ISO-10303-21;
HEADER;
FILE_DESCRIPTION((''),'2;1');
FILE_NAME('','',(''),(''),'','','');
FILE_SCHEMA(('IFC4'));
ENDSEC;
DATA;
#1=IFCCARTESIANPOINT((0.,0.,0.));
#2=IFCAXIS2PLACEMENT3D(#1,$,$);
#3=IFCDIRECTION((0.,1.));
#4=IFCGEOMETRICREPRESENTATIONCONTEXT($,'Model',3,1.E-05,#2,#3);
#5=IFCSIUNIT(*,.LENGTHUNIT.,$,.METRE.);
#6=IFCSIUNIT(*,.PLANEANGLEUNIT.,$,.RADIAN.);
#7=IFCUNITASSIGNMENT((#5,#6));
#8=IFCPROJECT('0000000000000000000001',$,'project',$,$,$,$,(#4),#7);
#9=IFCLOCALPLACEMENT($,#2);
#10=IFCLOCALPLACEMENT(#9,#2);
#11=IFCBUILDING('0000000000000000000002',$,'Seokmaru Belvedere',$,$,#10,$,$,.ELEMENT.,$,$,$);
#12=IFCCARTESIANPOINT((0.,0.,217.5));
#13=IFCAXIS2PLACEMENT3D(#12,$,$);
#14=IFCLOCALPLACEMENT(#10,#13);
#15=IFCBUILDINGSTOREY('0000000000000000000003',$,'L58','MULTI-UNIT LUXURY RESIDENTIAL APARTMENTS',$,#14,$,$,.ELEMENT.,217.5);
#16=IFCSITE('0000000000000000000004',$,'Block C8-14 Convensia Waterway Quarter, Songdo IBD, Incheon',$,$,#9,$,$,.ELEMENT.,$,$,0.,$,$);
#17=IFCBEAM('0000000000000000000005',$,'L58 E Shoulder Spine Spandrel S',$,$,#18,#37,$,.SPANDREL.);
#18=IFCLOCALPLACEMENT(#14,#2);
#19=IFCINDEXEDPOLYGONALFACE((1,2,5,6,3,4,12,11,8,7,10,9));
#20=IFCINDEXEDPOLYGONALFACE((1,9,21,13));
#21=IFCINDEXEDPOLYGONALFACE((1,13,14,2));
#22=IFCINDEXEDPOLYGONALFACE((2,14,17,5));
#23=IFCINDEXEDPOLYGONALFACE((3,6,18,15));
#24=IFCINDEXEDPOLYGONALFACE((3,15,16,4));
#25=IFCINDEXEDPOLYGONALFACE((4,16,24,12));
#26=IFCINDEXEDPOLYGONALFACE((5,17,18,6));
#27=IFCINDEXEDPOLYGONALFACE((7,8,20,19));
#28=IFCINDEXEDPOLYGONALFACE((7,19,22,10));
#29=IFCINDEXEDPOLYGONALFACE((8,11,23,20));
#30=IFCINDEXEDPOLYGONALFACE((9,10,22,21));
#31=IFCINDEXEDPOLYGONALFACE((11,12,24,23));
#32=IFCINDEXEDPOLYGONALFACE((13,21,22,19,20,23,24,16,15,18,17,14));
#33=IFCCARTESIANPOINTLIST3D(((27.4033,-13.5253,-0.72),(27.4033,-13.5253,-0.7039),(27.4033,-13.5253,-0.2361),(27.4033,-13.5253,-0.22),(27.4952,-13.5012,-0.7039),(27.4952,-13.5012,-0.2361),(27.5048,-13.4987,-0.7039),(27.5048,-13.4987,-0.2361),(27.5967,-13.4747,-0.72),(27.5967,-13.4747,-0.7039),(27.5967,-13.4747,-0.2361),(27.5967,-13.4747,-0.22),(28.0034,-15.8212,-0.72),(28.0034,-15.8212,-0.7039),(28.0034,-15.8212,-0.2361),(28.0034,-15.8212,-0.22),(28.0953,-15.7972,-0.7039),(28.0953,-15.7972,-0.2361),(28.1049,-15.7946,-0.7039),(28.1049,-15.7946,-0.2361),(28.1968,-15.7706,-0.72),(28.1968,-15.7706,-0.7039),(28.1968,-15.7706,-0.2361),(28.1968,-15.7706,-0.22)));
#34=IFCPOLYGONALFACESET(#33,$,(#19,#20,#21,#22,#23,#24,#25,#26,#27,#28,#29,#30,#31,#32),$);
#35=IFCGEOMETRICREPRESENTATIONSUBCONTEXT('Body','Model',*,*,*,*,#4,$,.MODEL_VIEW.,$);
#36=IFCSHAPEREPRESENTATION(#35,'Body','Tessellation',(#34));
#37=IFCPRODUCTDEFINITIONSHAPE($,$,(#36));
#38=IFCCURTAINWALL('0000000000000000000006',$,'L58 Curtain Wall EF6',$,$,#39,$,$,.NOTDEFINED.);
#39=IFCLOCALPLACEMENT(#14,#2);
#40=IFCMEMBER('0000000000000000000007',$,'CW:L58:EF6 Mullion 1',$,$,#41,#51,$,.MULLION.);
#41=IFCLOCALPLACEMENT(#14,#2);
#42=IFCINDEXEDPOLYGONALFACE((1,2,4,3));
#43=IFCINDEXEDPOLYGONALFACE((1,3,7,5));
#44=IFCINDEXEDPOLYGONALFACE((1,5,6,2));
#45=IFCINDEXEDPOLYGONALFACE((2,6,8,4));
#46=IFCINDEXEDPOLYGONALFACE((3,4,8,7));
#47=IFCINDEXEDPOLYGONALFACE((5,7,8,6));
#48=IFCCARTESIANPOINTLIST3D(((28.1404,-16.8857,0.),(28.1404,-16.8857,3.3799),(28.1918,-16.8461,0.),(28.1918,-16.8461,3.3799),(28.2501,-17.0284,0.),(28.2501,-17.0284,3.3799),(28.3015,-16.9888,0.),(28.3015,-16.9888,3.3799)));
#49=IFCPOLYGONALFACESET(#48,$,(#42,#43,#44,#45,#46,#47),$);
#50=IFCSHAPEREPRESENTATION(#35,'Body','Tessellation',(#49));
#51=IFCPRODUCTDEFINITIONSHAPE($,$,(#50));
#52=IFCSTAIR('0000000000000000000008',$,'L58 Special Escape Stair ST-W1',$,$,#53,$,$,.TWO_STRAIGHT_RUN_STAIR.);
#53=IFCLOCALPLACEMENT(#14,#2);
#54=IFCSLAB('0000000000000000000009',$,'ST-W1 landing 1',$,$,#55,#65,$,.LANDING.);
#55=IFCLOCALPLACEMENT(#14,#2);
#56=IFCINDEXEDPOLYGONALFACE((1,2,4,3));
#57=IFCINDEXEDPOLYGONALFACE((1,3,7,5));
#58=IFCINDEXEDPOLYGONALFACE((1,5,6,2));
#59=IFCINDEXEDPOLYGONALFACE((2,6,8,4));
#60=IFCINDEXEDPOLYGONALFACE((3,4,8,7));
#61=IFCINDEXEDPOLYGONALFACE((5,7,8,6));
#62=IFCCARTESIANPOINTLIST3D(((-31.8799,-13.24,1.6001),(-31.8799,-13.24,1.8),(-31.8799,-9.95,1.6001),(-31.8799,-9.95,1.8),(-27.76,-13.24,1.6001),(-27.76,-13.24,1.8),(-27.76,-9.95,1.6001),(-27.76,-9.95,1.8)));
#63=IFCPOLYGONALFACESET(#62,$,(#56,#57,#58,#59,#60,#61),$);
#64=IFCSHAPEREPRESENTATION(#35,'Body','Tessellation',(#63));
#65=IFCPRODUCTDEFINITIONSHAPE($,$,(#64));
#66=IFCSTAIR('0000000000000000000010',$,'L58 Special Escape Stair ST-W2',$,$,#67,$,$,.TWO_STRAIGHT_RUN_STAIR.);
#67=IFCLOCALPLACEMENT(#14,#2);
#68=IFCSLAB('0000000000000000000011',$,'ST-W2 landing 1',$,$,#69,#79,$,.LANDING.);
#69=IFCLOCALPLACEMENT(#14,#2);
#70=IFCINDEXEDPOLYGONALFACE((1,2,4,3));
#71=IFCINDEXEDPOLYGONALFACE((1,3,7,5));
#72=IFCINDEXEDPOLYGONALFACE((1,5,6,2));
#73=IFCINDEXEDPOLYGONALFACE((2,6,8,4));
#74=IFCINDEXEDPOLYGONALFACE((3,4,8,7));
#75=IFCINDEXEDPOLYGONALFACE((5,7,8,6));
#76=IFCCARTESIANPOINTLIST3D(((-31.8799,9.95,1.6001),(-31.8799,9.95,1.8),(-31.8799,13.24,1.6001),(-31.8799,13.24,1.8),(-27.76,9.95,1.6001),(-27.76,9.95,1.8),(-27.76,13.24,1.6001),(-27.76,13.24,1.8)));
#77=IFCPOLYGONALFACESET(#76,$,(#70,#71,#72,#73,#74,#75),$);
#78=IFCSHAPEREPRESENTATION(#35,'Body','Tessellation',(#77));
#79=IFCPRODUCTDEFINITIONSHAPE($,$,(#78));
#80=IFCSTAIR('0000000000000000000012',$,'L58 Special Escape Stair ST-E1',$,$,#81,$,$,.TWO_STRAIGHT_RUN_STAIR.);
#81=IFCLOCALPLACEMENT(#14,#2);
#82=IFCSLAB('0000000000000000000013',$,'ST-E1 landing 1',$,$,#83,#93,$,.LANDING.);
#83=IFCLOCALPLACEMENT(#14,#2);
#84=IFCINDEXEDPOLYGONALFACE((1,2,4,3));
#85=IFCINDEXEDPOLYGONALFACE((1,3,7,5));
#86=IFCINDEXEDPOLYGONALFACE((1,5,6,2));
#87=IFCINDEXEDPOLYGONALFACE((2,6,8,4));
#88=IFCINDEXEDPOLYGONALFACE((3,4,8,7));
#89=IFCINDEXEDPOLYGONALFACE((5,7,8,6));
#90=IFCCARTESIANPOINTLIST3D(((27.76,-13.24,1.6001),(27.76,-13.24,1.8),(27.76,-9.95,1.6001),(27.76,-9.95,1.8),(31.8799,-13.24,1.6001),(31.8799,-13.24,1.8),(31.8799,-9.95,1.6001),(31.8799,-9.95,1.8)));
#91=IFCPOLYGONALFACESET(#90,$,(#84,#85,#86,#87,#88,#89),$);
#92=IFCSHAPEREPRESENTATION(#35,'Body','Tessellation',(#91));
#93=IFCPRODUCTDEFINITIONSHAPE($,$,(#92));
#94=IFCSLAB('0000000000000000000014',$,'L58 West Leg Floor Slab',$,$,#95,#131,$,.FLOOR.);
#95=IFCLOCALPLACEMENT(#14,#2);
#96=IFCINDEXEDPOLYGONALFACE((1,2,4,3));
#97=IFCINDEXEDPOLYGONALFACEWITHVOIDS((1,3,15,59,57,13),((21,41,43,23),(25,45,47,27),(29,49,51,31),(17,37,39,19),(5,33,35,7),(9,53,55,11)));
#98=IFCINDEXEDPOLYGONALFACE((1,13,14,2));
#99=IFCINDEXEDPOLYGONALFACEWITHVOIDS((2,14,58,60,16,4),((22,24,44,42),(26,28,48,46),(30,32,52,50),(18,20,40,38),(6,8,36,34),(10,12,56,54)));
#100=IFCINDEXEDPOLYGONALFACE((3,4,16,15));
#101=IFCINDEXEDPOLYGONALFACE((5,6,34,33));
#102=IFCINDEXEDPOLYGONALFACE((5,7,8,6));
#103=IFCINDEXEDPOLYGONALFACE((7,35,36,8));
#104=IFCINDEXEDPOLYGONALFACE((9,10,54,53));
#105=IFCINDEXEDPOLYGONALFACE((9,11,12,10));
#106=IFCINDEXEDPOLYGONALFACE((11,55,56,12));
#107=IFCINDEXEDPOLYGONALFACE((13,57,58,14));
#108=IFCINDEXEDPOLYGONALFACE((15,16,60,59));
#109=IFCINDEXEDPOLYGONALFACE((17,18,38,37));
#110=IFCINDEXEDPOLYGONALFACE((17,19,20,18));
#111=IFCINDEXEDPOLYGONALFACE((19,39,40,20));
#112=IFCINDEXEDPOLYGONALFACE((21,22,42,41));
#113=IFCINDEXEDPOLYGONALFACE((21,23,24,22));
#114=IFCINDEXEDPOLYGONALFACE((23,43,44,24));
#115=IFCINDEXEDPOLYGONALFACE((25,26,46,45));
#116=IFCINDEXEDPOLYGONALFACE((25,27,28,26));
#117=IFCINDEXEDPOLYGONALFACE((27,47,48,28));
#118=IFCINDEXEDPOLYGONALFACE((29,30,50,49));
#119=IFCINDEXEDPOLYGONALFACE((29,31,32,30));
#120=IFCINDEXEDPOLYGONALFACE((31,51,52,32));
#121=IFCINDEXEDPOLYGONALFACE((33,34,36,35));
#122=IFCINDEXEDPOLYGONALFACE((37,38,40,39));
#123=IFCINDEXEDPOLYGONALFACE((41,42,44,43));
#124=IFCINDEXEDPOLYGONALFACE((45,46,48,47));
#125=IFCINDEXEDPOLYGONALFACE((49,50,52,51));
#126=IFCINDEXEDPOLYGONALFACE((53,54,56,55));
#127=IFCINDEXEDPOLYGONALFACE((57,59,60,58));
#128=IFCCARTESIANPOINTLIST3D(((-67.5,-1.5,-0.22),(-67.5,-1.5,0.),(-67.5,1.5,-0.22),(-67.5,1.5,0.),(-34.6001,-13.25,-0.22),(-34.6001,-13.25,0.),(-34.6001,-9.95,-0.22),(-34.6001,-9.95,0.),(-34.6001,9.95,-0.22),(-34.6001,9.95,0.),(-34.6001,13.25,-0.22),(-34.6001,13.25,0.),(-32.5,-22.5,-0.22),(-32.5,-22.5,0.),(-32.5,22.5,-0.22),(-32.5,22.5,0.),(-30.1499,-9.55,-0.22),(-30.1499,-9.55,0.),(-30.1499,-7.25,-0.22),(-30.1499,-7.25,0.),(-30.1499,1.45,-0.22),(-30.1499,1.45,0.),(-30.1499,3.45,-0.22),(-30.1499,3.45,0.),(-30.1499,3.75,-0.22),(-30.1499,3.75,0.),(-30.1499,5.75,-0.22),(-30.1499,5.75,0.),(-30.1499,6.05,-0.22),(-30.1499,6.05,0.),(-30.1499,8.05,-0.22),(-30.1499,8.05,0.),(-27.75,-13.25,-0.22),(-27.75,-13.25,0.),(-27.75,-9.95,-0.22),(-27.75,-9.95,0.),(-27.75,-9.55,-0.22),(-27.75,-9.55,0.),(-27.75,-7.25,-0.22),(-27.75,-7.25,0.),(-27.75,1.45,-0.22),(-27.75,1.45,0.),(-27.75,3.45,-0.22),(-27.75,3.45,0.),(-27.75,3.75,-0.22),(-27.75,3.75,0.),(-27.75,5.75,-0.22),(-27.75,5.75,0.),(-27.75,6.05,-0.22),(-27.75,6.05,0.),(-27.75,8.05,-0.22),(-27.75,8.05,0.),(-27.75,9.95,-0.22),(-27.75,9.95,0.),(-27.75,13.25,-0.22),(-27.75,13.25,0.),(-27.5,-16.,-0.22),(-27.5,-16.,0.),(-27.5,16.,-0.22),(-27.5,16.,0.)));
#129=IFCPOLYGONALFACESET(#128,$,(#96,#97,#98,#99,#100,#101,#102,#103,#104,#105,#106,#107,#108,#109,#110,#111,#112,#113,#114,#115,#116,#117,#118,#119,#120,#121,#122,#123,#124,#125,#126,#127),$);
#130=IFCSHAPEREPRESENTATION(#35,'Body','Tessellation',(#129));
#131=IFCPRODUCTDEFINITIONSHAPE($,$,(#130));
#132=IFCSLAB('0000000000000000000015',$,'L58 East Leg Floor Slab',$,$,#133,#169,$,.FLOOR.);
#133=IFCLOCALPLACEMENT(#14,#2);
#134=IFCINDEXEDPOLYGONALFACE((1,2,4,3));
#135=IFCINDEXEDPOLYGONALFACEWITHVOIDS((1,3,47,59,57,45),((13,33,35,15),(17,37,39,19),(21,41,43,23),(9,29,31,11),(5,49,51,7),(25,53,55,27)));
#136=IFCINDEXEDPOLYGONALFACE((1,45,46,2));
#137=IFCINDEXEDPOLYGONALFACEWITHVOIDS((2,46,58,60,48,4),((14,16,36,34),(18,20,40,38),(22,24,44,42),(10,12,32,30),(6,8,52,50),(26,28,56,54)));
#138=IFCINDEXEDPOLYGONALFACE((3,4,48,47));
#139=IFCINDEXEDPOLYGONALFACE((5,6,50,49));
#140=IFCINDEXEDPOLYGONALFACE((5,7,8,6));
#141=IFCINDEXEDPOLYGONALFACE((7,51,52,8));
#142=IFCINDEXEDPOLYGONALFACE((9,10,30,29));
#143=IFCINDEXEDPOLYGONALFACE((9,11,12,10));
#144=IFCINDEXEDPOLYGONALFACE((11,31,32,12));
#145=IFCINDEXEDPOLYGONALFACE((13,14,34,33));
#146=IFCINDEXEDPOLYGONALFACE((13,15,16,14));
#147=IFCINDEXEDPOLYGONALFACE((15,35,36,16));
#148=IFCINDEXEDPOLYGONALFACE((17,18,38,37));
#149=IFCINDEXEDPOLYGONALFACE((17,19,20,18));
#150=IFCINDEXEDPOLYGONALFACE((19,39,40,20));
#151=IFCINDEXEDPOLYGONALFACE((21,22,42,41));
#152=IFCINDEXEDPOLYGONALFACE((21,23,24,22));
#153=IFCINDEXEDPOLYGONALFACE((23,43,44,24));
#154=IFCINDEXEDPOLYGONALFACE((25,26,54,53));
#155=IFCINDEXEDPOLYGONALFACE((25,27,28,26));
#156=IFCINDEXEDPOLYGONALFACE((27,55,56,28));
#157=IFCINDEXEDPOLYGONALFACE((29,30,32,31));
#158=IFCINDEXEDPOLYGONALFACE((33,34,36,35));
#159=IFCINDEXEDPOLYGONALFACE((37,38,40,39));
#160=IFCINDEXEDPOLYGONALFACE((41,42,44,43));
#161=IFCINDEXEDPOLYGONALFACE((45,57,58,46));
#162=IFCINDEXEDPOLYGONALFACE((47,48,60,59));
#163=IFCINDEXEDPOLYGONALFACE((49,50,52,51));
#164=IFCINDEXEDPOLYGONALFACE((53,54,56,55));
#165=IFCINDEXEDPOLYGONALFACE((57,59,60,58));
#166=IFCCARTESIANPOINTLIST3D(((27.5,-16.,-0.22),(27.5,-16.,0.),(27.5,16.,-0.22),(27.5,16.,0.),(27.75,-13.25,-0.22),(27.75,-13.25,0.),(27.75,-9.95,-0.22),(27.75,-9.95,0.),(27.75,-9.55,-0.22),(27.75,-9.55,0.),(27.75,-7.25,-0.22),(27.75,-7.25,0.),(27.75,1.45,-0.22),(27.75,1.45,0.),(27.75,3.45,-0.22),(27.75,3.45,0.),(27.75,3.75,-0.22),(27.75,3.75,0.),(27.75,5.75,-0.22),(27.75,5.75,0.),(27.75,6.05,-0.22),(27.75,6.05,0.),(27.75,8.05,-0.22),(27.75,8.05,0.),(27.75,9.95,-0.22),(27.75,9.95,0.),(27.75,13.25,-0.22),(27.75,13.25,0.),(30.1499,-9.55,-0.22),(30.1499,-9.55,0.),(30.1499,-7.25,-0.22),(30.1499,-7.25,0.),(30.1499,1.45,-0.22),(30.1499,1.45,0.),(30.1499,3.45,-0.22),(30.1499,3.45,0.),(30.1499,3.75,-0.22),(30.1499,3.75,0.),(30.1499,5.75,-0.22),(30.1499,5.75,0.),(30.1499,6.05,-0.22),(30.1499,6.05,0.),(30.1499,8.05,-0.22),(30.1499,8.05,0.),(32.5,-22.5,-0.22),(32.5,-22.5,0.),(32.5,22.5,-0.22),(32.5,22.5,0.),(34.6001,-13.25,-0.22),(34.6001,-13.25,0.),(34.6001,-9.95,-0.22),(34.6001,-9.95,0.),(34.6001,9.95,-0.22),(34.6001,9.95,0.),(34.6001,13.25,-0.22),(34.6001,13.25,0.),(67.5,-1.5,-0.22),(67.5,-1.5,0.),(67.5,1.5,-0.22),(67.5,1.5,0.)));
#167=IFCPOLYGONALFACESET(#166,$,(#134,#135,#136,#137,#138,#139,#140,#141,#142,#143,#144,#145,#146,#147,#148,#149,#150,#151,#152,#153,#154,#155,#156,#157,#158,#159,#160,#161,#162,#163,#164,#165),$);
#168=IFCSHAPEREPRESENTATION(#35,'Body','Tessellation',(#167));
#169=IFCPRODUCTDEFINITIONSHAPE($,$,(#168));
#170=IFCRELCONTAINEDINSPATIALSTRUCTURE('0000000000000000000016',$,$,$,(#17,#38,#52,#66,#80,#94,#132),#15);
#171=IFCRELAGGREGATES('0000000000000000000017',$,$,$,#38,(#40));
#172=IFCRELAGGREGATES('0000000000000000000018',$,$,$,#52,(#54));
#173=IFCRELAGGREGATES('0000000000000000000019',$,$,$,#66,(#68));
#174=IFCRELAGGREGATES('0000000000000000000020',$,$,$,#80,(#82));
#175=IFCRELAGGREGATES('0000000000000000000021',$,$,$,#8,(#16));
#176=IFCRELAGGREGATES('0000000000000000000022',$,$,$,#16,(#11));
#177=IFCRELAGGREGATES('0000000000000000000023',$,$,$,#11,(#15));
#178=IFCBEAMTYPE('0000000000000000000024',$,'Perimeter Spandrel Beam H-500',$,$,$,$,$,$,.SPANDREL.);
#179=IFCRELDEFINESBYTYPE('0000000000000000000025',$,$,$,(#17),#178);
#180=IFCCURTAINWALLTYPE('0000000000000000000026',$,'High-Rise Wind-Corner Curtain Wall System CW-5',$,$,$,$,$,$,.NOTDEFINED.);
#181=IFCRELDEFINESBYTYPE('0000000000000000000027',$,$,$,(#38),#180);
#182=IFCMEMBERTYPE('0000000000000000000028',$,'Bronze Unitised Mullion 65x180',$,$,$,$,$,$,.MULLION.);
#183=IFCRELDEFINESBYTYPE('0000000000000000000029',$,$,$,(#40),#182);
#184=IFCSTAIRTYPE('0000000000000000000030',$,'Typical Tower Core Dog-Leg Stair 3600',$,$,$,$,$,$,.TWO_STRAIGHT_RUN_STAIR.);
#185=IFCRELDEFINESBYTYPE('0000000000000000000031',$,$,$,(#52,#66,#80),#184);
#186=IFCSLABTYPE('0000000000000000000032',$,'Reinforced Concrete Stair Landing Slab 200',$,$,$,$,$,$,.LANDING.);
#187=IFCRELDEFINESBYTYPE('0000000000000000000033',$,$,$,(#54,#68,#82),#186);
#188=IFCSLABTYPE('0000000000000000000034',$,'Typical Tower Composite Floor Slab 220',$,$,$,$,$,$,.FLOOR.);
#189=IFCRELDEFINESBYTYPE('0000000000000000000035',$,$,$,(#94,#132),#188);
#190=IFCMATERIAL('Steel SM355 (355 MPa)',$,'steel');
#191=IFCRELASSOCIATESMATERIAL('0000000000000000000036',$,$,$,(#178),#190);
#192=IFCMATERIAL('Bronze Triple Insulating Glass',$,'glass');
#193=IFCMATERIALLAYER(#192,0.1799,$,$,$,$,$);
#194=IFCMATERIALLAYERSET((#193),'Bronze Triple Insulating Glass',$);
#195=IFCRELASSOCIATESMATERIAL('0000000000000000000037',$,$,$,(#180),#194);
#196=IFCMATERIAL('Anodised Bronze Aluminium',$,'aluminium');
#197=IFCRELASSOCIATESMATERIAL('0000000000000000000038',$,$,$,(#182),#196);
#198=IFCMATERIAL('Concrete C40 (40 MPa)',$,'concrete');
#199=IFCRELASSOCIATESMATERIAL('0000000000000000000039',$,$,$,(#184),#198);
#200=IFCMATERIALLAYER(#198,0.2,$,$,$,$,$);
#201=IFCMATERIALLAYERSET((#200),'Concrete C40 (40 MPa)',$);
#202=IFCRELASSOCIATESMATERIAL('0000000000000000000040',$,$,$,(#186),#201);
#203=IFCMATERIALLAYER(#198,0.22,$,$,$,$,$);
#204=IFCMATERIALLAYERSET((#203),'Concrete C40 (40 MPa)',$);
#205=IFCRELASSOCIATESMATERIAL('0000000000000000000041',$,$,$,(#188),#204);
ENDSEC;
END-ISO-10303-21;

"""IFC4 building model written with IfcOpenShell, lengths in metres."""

from ifc_helpers import new_model, si_unit, direction, frame, origin, origin_2d, place, context, subcontext, project, spatial, polyline, rectangle, i_section, outline, extrude, source, transform, mapped, material, layer, layer_set, material_profile, profile_set, type_object, type_shapes, element, aggregate, save


model = new_model("IFC4")

# Units and contexts
model_context = context("Model", 3, precision=1e-05, world=origin(), true_north=direction((0.0, 1.0)))
body_context = subcontext(model_context, "Body", "Model", "MODEL_VIEW")
ifc_project = project(units=[si_unit("LENGTHUNIT", "METRE"), si_unit("PLANEANGLEUNIT", "RADIAN")], contexts=[model_context])

# Site, building, storey
site_placement = place(None, origin())
site = spatial("IfcSite", under=ifc_project, at=site_placement, Name="Block C8-14 Convensia Waterway Quarter, Songdo IBD, Incheon", CompositionType="ELEMENT", RefElevation=0.0)
building_placement = place(site_placement, origin())
building = spatial("IfcBuilding", under=site, at=building_placement, Name="Seokmaru Belvedere", CompositionType="ELEMENT")
storey_placement = place(building_placement, frame((0.0, 0.0, 217.5)))
storey = spatial("IfcBuildingStorey", under=building, at=storey_placement, Name="L58", Description="MULTI-UNIT LUXURY RESIDENTIAL APARTMENTS", CompositionType="ELEMENT", Elevation=217.5)

# Shared definitions
ifc_material_1 = material(Name="Steel SM355 (355 MPa)", Category="steel")

# Beam
ifc_material_profile_1 = material_profile(ifc_material_1, i_section(OverallWidth=0.2, OverallDepth=0.5, WebThickness=0.01, FlangeThickness=0.0161, at=origin_2d()), Name="H-500x200x10x16")
ifc_profile_set_1 = profile_set([ifc_material_profile_1], Name="Steel SM355 (355 MPa)")
beam_type_1 = type_object("IfcBeamType", Name="Perimeter Spandrel Beam H-500", PredefinedType="SPANDREL", material=ifc_profile_set_1)
shared_shape_1 = source(origin(), body_context, "Body", "SweptSolid", [
    extrude(i_section(OverallWidth=0.2, OverallDepth=0.5, WebThickness=0.01, FlangeThickness=0.0161, at=origin_2d()), origin(), (0.0, 0.0, 1.0), 2.373),
])
beam_1_placement = place(storey_placement, frame((28.1001, -15.7959, -0.47), z_axis=(-0.252883, 0.967497, 0.0), x_axis=(-0.967497, -0.252883, 0.0)))
element("IfcBeam", 1, at=beam_1_placement, inside=storey, type_object=beam_type_1, Name="L58 E Shoulder Spine Spandrel S", PredefinedType="SPANDREL", context=body_context, shape_type="MappedRepresentation", body=[
    mapped(shared_shape_1, transform((0.0, 0.0, 0.0), scale=1.0)),
])

# Curtain wall, member
ifc_material_2 = material(Name="Bronze Triple Insulating Glass", Category="glass")
ifc_layer_1 = layer(ifc_material_2, 0.1799)
ifc_layer_set_1 = layer_set([ifc_layer_1], Name="Bronze Triple Insulating Glass")
curtain_wall_type = type_object("IfcCurtainWallType", Name="High-Rise Wind-Corner Curtain Wall System CW-5", PredefinedType="NOTDEFINED", material=ifc_layer_set_1)
curtain_wall_placement = place(storey_placement, origin())
curtain_wall = element("IfcCurtainWall", 2, at=curtain_wall_placement, inside=storey, type_object=curtain_wall_type, Name="L58 Curtain Wall EF6", PredefinedType="NOTDEFINED")
ifc_material_3 = material(Name="Anodised Bronze Aluminium", Category="aluminium")
ifc_material_profile_2 = material_profile(ifc_material_3, rectangle(XDim=0.0649, YDim=0.1799, at=origin_2d()), Name="CW-M-65x180")
ifc_profile_set_2 = profile_set([ifc_material_profile_2], Name="Anodised Bronze Aluminium")
member_type = type_object("IfcMemberType", Name="Bronze Unitised Mullion 65x180", PredefinedType="MULLION", material=ifc_profile_set_2)
shared_shape_2 = source(origin(), body_context, "Body", "SweptSolid", [
    extrude(rectangle(XDim=0.0649, YDim=0.1799, at=origin_2d()), origin(), (0.0, 0.0, 1.0), 3.3799),
])
type_shapes(member_type, [shared_shape_2])
member_placement = place(storey_placement, frame((28.2209, -16.9373, 0.0), z_axis=(0.0, 0.0, 1.0), x_axis=(0.792631, 0.609701, 0.0)))
member = element("IfcMember", 3, at=member_placement, type_object=member_type, Name="CW:L58:EF6 Mullion 1", PredefinedType="MULLION", context=body_context, shape_type="MappedRepresentation", body=[
    mapped(shared_shape_2, transform((0.0, 0.0, 0.0), scale=1.0)),
])
aggregate(curtain_wall, [member])

# Stairs, slabs
ifc_material_4 = material(Name="Concrete C40 (40 MPa)", Category="concrete")
stair_type = type_object("IfcStairType", Name="Typical Tower Core Dog-Leg Stair 3600", PredefinedType="TWO_STRAIGHT_RUN_STAIR", material=ifc_material_4)
stair_1_placement = place(storey_placement, origin())
stair_1 = element("IfcStair", 4, at=stair_1_placement, inside=storey, type_object=stair_type, Name="L58 Special Escape Stair ST-W1", PredefinedType="TWO_STRAIGHT_RUN_STAIR")
ifc_layer_2 = layer(ifc_material_4, 0.2)
ifc_layer_set_2 = layer_set([ifc_layer_2], Name="Concrete C40 (40 MPa)")
slab_type_1 = type_object("IfcSlabType", Name="Reinforced Concrete Stair Landing Slab 200", PredefinedType="LANDING", material=ifc_layer_set_2)
slab_1_placement = place(storey_placement, frame((0.0, 0.0, 1.6001)))
slab_1 = element("IfcSlab", 5, at=slab_1_placement, type_object=slab_type_1, Name="ST-W1 landing 1", PredefinedType="LANDING", context=body_context, shape_type="SweptSolid", body=[
    extrude(outline(polyline([(-31.8799, -13.24), (-27.76, -13.24), (-27.76, -9.95), (-31.8799, -9.95), (-31.8799, -13.24)])), origin(), (0.0, 0.0, 1.0), 0.2),
])
aggregate(stair_1, [slab_1])
stair_2_placement = place(storey_placement, origin())
stair_2 = element("IfcStair", 6, at=stair_2_placement, inside=storey, type_object=stair_type, Name="L58 Special Escape Stair ST-W2", PredefinedType="TWO_STRAIGHT_RUN_STAIR")
slab_2_placement = place(storey_placement, frame((0.0, 0.0, 1.6001)))
slab_2 = element("IfcSlab", 7, at=slab_2_placement, type_object=slab_type_1, Name="ST-W2 landing 1", PredefinedType="LANDING", context=body_context, shape_type="SweptSolid", body=[
    extrude(outline(polyline([(-31.8799, 9.95), (-27.76, 9.95), (-27.76, 13.24), (-31.8799, 13.24), (-31.8799, 9.95)])), origin(), (0.0, 0.0, 1.0), 0.2),
])
aggregate(stair_2, [slab_2])
stair_3_placement = place(storey_placement, origin())
stair_3 = element("IfcStair", 8, at=stair_3_placement, inside=storey, type_object=stair_type, Name="L58 Special Escape Stair ST-E1", PredefinedType="TWO_STRAIGHT_RUN_STAIR")
slab_3_placement = place(storey_placement, frame((0.0, 0.0, 1.6001)))
slab_3 = element("IfcSlab", 9, at=slab_3_placement, type_object=slab_type_1, Name="ST-E1 landing 1", PredefinedType="LANDING", context=body_context, shape_type="SweptSolid", body=[
    extrude(outline(polyline([(27.76, -13.24), (31.8799, -13.24), (31.8799, -9.95), (27.76, -9.95), (27.76, -13.24)])), origin(), (0.0, 0.0, 1.0), 0.2),
])
aggregate(stair_3, [slab_3])

# Slabs
ifc_layer_3 = layer(ifc_material_4, 0.22)
ifc_layer_set_3 = layer_set([ifc_layer_3], Name="Concrete C40 (40 MPa)")
slab_type_2 = type_object("IfcSlabType", Name="Typical Tower Composite Floor Slab 220", PredefinedType="FLOOR", material=ifc_layer_set_3)
slab_4_placement = place(storey_placement, frame((0.0, 0.0, -0.22)))
element("IfcSlab", 10, at=slab_4_placement, inside=storey, type_object=slab_type_2, Name="L58 West Leg Floor Slab", PredefinedType="FLOOR", context=body_context, shape_type="SweptSolid", body=[
    extrude(outline(polyline([(-27.5, -16.0), (-27.5, 16.0), (-32.5, 22.5), (-67.5, 1.5), (-67.5, -1.5), (-32.5, -22.5), (-27.5, -16.0)]), holes=[polyline([(-34.6001, -13.25), (-27.75, -13.25), (-27.75, -9.95), (-34.6001, -9.95), (-34.6001, -13.25)]), polyline([(-34.6001, 9.95), (-27.75, 9.95), (-27.75, 13.25), (-34.6001, 13.25), (-34.6001, 9.95)]), polyline([(-30.1499, -9.55), (-27.75, -9.55), (-27.75, -7.25), (-30.1499, -7.25), (-30.1499, -9.55)]), polyline([(-30.1499, 1.45), (-27.75, 1.45), (-27.75, 3.45), (-30.1499, 3.45), (-30.1499, 1.45)]), polyline([(-30.1499, 3.75), (-27.75, 3.75), (-27.75, 5.75), (-30.1499, 5.75), (-30.1499, 3.75)]), polyline([(-30.1499, 6.05), (-27.75, 6.05), (-27.75, 8.05), (-30.1499, 8.05), (-30.1499, 6.05)])]), origin(), (0.0, 0.0, 1.0), 0.22),
])
slab_5_placement = place(storey_placement, frame((0.0, 0.0, -0.22)))
element("IfcSlab", 11, at=slab_5_placement, inside=storey, type_object=slab_type_2, Name="L58 East Leg Floor Slab", PredefinedType="FLOOR", context=body_context, shape_type="SweptSolid", body=[
    extrude(outline(polyline([(32.5, -22.5), (67.5, -1.5), (67.5, 1.5), (32.5, 22.5), (27.5, 16.0), (27.5, -16.0), (32.5, -22.5)]), holes=[polyline([(27.75, -13.25), (34.6001, -13.25), (34.6001, -9.95), (27.75, -9.95), (27.75, -13.25)]), polyline([(27.75, 9.95), (34.6001, 9.95), (34.6001, 13.25), (27.75, 13.25), (27.75, 9.95)]), polyline([(27.75, -9.55), (30.1499, -9.55), (30.1499, -7.25), (27.75, -7.25), (27.75, -9.55)]), polyline([(27.75, 1.45), (30.1499, 1.45), (30.1499, 3.45), (27.75, 3.45), (27.75, 1.45)]), polyline([(27.75, 3.75), (30.1499, 3.75), (30.1499, 5.75), (27.75, 5.75), (27.75, 3.75)]), polyline([(27.75, 6.05), (30.1499, 6.05), (30.1499, 8.05), (27.75, 8.05), (27.75, 6.05)])]), origin(), (0.0, 0.0, 1.0), 0.22),
])

save(model, "model.ifc")
